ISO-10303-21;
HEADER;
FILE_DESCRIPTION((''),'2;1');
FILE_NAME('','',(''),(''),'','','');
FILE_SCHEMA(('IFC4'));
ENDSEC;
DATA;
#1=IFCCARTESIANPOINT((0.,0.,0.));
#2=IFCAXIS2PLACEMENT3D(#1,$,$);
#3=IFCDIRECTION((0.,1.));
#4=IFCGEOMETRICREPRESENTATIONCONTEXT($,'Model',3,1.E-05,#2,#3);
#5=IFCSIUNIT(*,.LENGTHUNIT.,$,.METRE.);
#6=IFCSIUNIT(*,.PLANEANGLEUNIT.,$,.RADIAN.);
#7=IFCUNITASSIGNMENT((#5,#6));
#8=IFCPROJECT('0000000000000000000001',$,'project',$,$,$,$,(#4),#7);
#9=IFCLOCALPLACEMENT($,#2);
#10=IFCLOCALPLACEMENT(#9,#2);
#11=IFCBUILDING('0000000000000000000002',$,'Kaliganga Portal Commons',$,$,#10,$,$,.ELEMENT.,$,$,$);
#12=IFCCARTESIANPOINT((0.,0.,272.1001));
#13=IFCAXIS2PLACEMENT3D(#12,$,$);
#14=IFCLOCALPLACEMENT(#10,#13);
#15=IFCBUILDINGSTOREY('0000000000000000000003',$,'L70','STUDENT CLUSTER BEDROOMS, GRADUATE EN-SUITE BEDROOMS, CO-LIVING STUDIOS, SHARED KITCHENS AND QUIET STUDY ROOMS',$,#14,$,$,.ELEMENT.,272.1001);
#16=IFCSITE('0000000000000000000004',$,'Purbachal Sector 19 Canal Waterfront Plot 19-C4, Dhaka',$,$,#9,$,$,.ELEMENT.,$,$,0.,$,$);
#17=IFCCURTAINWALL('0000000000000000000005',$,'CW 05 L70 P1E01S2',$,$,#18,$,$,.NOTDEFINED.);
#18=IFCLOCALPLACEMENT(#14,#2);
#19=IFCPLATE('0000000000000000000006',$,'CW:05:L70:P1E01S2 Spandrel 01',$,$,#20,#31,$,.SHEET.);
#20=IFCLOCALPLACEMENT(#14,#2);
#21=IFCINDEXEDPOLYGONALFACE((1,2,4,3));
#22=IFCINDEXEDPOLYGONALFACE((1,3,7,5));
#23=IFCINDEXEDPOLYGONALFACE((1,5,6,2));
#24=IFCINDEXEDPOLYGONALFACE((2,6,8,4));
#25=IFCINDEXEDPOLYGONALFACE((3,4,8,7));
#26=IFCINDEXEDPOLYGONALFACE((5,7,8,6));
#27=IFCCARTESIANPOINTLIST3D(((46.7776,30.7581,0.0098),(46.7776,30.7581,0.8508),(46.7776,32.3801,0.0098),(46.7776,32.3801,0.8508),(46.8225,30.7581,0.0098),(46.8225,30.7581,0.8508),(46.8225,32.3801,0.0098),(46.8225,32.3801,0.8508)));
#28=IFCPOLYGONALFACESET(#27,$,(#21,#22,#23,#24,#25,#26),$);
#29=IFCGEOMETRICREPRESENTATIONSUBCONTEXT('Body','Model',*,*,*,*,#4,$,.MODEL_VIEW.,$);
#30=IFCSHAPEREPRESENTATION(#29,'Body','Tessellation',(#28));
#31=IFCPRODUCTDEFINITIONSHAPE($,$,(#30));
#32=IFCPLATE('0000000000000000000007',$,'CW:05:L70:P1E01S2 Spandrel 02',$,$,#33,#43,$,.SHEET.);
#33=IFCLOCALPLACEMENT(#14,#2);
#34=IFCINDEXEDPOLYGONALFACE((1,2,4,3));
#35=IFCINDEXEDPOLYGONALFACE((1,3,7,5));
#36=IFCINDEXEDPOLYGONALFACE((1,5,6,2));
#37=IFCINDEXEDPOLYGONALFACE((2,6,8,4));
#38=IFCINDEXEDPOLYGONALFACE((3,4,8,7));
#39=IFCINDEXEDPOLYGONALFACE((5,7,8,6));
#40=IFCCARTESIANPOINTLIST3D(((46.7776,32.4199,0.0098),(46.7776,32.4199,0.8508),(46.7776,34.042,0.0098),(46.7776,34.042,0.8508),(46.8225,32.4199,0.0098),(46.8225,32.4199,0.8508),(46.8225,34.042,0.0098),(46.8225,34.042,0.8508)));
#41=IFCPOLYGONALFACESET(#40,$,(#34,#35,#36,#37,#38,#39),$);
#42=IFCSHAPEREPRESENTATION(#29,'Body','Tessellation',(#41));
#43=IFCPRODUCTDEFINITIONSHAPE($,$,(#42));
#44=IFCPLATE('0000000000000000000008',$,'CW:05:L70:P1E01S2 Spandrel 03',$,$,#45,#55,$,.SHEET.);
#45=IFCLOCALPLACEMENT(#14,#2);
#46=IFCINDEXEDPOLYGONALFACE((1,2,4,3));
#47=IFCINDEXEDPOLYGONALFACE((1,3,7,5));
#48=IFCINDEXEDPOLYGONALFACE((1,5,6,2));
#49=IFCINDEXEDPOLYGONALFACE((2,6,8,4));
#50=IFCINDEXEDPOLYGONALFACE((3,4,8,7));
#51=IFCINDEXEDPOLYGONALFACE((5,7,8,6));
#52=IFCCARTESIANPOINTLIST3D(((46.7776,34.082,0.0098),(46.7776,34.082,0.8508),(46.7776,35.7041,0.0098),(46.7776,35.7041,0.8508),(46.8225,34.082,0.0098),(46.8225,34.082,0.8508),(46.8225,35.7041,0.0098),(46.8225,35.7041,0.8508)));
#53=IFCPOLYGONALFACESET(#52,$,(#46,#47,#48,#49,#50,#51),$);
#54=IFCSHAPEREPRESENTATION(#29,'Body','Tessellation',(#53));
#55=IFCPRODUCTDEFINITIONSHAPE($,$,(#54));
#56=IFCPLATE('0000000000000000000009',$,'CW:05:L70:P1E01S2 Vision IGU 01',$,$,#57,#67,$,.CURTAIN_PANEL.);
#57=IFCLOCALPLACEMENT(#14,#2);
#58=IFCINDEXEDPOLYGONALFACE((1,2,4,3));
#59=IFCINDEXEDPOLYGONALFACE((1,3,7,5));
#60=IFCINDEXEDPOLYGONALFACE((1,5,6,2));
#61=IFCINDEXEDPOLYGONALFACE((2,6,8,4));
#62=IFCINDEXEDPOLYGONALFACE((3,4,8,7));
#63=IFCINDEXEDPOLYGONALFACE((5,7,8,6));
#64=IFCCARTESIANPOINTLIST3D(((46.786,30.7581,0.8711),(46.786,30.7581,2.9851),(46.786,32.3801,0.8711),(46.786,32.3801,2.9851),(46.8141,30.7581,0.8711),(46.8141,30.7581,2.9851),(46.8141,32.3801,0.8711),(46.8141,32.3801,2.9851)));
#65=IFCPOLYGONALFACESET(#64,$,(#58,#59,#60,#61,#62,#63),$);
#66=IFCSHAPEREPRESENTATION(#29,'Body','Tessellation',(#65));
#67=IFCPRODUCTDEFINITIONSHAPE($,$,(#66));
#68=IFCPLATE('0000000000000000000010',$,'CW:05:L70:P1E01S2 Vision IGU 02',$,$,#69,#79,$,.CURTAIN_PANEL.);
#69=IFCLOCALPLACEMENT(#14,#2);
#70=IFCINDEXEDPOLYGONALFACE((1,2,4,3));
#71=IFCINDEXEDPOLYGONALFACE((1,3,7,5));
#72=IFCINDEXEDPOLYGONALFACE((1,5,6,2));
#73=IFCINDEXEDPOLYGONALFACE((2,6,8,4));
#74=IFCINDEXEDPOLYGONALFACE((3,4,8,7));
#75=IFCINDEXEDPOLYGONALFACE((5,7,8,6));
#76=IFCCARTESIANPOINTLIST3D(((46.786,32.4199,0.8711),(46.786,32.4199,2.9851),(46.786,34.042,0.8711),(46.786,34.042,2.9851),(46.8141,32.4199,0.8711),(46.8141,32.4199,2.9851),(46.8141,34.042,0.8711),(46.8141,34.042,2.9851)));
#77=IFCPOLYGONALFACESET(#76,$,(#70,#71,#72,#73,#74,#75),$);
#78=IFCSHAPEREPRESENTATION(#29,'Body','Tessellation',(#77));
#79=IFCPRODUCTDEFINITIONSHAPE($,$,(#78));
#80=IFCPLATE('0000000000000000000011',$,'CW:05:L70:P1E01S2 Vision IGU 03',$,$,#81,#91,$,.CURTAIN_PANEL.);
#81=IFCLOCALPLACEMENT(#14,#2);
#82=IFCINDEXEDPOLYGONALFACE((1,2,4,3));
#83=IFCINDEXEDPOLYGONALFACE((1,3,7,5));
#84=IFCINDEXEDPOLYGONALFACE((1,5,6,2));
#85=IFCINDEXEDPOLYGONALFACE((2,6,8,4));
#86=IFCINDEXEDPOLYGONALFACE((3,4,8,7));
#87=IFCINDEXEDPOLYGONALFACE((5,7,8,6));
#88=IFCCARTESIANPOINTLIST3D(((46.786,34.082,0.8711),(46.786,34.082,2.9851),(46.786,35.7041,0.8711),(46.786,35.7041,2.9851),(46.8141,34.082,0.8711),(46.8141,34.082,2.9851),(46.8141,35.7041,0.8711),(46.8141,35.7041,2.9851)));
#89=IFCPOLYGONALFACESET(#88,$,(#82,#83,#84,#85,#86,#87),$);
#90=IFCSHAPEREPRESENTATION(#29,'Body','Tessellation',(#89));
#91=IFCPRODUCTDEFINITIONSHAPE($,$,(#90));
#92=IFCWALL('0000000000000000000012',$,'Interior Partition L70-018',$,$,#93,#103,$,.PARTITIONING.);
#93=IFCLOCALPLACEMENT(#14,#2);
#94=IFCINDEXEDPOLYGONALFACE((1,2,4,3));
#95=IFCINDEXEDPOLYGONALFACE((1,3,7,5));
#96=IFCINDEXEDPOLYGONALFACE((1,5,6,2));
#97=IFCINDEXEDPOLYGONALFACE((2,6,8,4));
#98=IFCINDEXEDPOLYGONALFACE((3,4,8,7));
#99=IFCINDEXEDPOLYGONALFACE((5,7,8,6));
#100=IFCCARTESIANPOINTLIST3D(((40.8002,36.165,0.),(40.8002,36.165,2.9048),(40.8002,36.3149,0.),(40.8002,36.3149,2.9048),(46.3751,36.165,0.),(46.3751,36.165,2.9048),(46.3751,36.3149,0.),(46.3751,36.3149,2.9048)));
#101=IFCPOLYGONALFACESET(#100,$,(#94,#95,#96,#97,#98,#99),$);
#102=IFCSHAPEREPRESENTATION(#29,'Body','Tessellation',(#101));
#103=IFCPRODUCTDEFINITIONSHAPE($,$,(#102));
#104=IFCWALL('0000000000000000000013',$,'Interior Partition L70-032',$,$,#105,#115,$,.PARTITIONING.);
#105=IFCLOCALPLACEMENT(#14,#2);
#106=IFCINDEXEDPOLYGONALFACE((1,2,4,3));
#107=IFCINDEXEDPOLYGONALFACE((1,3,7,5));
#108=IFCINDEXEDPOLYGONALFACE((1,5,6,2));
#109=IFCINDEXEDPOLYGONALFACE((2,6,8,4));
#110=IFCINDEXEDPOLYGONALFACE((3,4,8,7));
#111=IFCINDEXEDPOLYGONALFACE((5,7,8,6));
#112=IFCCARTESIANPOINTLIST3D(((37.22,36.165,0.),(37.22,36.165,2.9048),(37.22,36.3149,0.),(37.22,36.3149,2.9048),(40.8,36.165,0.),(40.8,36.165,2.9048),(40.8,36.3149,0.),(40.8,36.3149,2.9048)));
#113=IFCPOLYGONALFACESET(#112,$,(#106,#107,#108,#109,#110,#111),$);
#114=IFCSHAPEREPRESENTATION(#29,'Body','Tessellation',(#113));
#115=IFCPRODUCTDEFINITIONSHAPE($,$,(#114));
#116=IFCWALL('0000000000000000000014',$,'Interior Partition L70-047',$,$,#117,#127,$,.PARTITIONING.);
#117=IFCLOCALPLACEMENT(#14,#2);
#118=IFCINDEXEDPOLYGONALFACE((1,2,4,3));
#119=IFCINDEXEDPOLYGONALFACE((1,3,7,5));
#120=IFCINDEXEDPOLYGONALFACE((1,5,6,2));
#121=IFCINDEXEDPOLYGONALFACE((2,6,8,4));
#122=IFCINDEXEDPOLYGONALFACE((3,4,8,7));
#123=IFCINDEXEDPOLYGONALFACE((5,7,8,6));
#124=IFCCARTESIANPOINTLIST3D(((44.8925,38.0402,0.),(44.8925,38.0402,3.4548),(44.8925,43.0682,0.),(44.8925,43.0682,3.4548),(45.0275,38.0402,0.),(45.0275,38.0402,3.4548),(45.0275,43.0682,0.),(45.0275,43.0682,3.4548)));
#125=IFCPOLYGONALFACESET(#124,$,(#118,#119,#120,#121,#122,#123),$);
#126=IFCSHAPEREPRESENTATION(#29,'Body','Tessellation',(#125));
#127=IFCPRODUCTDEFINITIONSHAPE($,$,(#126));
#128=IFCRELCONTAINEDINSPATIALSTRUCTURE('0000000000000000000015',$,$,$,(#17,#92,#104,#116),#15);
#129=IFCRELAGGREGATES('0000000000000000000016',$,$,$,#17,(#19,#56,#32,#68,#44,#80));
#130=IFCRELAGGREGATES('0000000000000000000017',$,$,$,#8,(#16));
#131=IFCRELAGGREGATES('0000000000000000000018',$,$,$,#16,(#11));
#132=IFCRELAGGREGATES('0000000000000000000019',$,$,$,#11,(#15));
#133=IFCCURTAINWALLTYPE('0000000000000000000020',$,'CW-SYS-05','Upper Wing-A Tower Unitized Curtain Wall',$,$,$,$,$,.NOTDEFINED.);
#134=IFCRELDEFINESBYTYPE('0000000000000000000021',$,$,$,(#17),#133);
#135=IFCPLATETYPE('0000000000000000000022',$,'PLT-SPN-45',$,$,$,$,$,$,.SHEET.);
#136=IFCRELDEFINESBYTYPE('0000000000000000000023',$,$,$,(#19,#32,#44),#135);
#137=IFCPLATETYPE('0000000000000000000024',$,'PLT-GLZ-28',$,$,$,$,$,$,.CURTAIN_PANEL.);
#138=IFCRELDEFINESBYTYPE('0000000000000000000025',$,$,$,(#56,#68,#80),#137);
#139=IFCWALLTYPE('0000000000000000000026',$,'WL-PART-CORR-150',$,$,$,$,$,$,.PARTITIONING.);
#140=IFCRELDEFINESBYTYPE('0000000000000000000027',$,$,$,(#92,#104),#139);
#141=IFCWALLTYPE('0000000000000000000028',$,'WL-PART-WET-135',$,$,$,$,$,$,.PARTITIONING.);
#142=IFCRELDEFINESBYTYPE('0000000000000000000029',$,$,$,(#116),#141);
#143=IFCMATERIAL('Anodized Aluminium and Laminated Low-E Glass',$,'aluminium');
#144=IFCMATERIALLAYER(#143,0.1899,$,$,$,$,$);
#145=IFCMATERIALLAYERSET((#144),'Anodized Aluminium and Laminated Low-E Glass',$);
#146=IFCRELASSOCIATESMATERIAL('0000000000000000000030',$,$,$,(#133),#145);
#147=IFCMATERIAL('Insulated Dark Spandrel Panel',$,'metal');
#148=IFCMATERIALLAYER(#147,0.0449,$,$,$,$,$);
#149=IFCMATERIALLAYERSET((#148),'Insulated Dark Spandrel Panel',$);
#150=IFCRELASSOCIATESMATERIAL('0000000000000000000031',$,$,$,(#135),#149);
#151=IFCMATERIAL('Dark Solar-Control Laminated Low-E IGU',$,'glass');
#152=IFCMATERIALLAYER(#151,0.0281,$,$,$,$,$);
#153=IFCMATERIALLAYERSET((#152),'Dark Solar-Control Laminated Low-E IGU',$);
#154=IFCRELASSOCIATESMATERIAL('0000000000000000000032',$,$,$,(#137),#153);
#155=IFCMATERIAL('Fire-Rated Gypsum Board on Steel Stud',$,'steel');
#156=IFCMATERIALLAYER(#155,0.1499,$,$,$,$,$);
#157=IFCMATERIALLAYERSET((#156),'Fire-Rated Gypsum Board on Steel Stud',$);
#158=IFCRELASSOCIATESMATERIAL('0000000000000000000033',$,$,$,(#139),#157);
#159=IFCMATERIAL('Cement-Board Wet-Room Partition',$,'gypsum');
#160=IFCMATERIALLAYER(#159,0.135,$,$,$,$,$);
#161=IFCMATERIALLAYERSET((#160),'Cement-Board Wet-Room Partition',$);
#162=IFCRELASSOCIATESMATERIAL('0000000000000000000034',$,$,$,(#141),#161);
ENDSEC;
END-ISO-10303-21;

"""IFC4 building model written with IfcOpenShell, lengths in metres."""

from ifc_helpers import new_model, si_unit, direction, frame, frame_2d, origin, origin_2d, place, context, subcontext, project, spatial, rectangle, extrude, source, transform, mapped, material, layer, layer_set, type_object, element, aggregate, save


model = new_model("IFC4")

# Units and contexts
model_context = context("Model", 3, precision=1e-05, world=origin(), true_north=direction((0.0, 1.0)))
body_context = subcontext(model_context, "Body", "Model", "MODEL_VIEW")
ifc_project = project(units=[si_unit("LENGTHUNIT", "METRE"), si_unit("PLANEANGLEUNIT", "RADIAN")], contexts=[model_context])

# Site, building, storey
site_placement = place(None, origin())
site = spatial("IfcSite", under=ifc_project, at=site_placement, Name="Purbachal Sector 19 Canal Waterfront Plot 19-C4, Dhaka", CompositionType="ELEMENT", RefElevation=0.0)
building_placement = place(site_placement, origin())
building = spatial("IfcBuilding", under=site, at=building_placement, Name="Kaliganga Portal Commons", CompositionType="ELEMENT")
storey_placement = place(building_placement, frame((0.0, 0.0, 272.1001)))
storey = spatial("IfcBuildingStorey", under=building, at=storey_placement, Name="L70", Description="STUDENT CLUSTER BEDROOMS, GRADUATE EN-SUITE BEDROOMS, CO-LIVING STUDIOS, SHARED KITCHENS AND QUIET STUDY ROOMS", CompositionType="ELEMENT", Elevation=272.1001)

# Curtain wall
ifc_material_1 = material(Name="Anodized Aluminium and Laminated Low-E Glass", Category="aluminium")
ifc_layer_1 = layer(ifc_material_1, 0.1899)
ifc_layer_set_1 = layer_set([ifc_layer_1], Name="Anodized Aluminium and Laminated Low-E Glass")
curtain_wall_type = type_object("IfcCurtainWallType", Name="CW-SYS-05", Description="Upper Wing-A Tower Unitized Curtain Wall", PredefinedType="NOTDEFINED", material=ifc_layer_set_1)
curtain_wall_1_placement = place(storey_placement, origin())
curtain_wall_1 = element("IfcCurtainWall", 1, at=curtain_wall_1_placement, inside=storey, type_object=curtain_wall_type, Name="CW 05 L70 P1E01S2", PredefinedType="NOTDEFINED")

# Shared definitions
ifc_material_2 = material(Name="Insulated Dark Spandrel Panel", Category="metal")
ifc_layer_2 = layer(ifc_material_2, 0.0449)
ifc_layer_set_2 = layer_set([ifc_layer_2], Name="Insulated Dark Spandrel Panel")
plate_type_1 = type_object("IfcPlateType", Name="PLT-SPN-45", PredefinedType="SHEET", material=ifc_layer_set_2)
ifc_material_3 = material(Name="Dark Solar-Control Laminated Low-E IGU", Category="glass")
ifc_layer_3 = layer(ifc_material_3, 0.0281)
ifc_layer_set_3 = layer_set([ifc_layer_3], Name="Dark Solar-Control Laminated Low-E IGU")
plate_type_2 = type_object("IfcPlateType", Name="PLT-GLZ-28", PredefinedType="CURTAIN_PANEL", material=ifc_layer_set_3)

# Plates
shared_shape_1 = source(origin(), body_context, "Body", "SweptSolid", [
    extrude(rectangle(XDim=1.6221, YDim=0.0449, at=origin_2d()), origin(), (0.0, 0.0, 1.0), 0.8411),
])
plate_1_placement = place(storey_placement, frame((46.8, 31.5691, 0.0098), z_axis=(0.0, 0.0, 1.0), x_axis=(0.0, 1.0, 0.0)))
plate_1 = element("IfcPlate", 2, at=plate_1_placement, type_object=plate_type_1, Name="CW:05:L70:P1E01S2 Spandrel 01", PredefinedType="SHEET", context=body_context, shape_type="MappedRepresentation", body=[
    mapped(shared_shape_1, transform((0.0, 0.0, 0.0), x_axis=(1.0, 0.0, 0.0), y_axis=(0.0, 1.0, 0.0), z_axis=(0.0, 0.0, 1.0), scale=1.0)),
])
plate_2_placement = place(storey_placement, frame((46.8, 33.231, 0.0098), z_axis=(0.0, 0.0, 1.0), x_axis=(0.0, 1.0, 0.0)))
plate_2 = element("IfcPlate", 3, at=plate_2_placement, type_object=plate_type_1, Name="CW:05:L70:P1E01S2 Spandrel 02", PredefinedType="SHEET", context=body_context, shape_type="MappedRepresentation", body=[
    mapped(shared_shape_1, transform((0.0, 0.0, 0.0), x_axis=(1.0, 0.0, 0.0), y_axis=(0.0, 1.0, 0.0), z_axis=(0.0, 0.0, 1.0), scale=1.0)),
])
plate_3_placement = place(storey_placement, frame((46.8, 34.8931, 0.0098), z_axis=(0.0, 0.0, 1.0), x_axis=(0.0, 1.0, 0.0)))
plate_3 = element("IfcPlate", 4, at=plate_3_placement, type_object=plate_type_1, Name="CW:05:L70:P1E01S2 Spandrel 03", PredefinedType="SHEET", context=body_context, shape_type="MappedRepresentation", body=[
    mapped(shared_shape_1, transform((0.0, 0.0, 0.0), x_axis=(1.0, 0.0, 0.0), y_axis=(0.0, 1.0, 0.0), z_axis=(0.0, 0.0, 1.0), scale=1.0)),
])
shared_shape_2 = source(origin(), body_context, "Body", "SweptSolid", [
    extrude(rectangle(XDim=1.6221, YDim=0.0281, at=origin_2d()), origin(), (0.0, 0.0, 1.0), 2.114),
])
plate_4_placement = place(storey_placement, frame((46.8, 31.5691, 0.8711), z_axis=(0.0, 0.0, 1.0), x_axis=(0.0, 1.0, 0.0)))
plate_4 = element("IfcPlate", 5, at=plate_4_placement, type_object=plate_type_2, Name="CW:05:L70:P1E01S2 Vision IGU 01", PredefinedType="CURTAIN_PANEL", context=body_context, shape_type="MappedRepresentation", body=[
    mapped(shared_shape_2, transform((0.0, 0.0, 0.0), x_axis=(1.0, 0.0, 0.0), y_axis=(0.0, 1.0, 0.0), z_axis=(0.0, 0.0, 1.0), scale=1.0)),
])
plate_5_placement = place(storey_placement, frame((46.8, 33.231, 0.8711), z_axis=(0.0, 0.0, 1.0), x_axis=(0.0, 1.0, 0.0)))
plate_5 = element("IfcPlate", 6, at=plate_5_placement, type_object=plate_type_2, Name="CW:05:L70:P1E01S2 Vision IGU 02", PredefinedType="CURTAIN_PANEL", context=body_context, shape_type="MappedRepresentation", body=[
    mapped(shared_shape_2, transform((0.0, 0.0, 0.0), x_axis=(1.0, 0.0, 0.0), y_axis=(0.0, 1.0, 0.0), z_axis=(0.0, 0.0, 1.0), scale=1.0)),
])
plate_6_placement = place(storey_placement, frame((46.8, 34.8931, 0.8711), z_axis=(0.0, 0.0, 1.0), x_axis=(0.0, 1.0, 0.0)))
plate_6 = element("IfcPlate", 7, at=plate_6_placement, type_object=plate_type_2, Name="CW:05:L70:P1E01S2 Vision IGU 03", PredefinedType="CURTAIN_PANEL", context=body_context, shape_type="MappedRepresentation", body=[
    mapped(shared_shape_2, transform((0.0, 0.0, 0.0), x_axis=(1.0, 0.0, 0.0), y_axis=(0.0, 1.0, 0.0), z_axis=(0.0, 0.0, 1.0), scale=1.0)),
])
aggregate(curtain_wall_1, [plate_1, plate_4, plate_2, plate_5, plate_3, plate_6])

# Walls
ifc_material_4 = material(Name="Fire-Rated Gypsum Board on Steel Stud", Category="steel")
ifc_layer_4 = layer(ifc_material_4, 0.1499)
ifc_layer_set_4 = layer_set([ifc_layer_4], Name="Fire-Rated Gypsum Board on Steel Stud")
wall_type_1 = type_object("IfcWallType", Name="WL-PART-CORR-150", PredefinedType="PARTITIONING", material=ifc_layer_set_4)
wall_1_placement = place(storey_placement, frame((40.8, 36.24, 0.0), z_axis=(0.0, 0.0, 1.0), x_axis=(1.0, 0.0, 0.0)))
element("IfcWall", 8, at=wall_1_placement, inside=storey, type_object=wall_type_1, Name="Interior Partition L70-018", PredefinedType="PARTITIONING", context=body_context, shape_type="SweptSolid", body=[
    extrude(rectangle(XDim=5.575, YDim=0.1499, at=frame_2d((2.7876, 0.0))), origin(), (0.0, 0.0, 1.0), 2.9048),
])
wall_2_placement = place(storey_placement, frame((37.22, 36.24, 0.0), z_axis=(0.0, 0.0, 1.0), x_axis=(1.0, 0.0, 0.0)))
element("IfcWall", 9, at=wall_2_placement, inside=storey, type_object=wall_type_1, Name="Interior Partition L70-032", PredefinedType="PARTITIONING", context=body_context, shape_type="SweptSolid", body=[
    extrude(rectangle(XDim=3.5801, YDim=0.1499, at=frame_2d((1.79, 0.0))), origin(), (0.0, 0.0, 1.0), 2.9048),
])

# Wall
ifc_material_5 = material(Name="Cement-Board Wet-Room Partition", Category="gypsum")
ifc_layer_5 = layer(ifc_material_5, 0.135)
ifc_layer_set_5 = layer_set([ifc_layer_5], Name="Cement-Board Wet-Room Partition")
wall_type_2 = type_object("IfcWallType", Name="WL-PART-WET-135", PredefinedType="PARTITIONING", material=ifc_layer_set_5)
wall_3_placement = place(storey_placement, frame((44.96, 38.04, 0.0), z_axis=(0.0, 0.0, 1.0), x_axis=(0.0, 1.0, 0.0)))
element("IfcWall", 10, at=wall_3_placement, inside=storey, type_object=wall_type_2, Name="Interior Partition L70-047", PredefinedType="PARTITIONING", context=body_context, shape_type="SweptSolid", body=[
    extrude(rectangle(XDim=5.0281, YDim=0.135, at=frame_2d((2.5142, 0.0))), origin(), (0.0, 0.0, 1.0), 3.4548),
])

save(model, "model.ifc")
